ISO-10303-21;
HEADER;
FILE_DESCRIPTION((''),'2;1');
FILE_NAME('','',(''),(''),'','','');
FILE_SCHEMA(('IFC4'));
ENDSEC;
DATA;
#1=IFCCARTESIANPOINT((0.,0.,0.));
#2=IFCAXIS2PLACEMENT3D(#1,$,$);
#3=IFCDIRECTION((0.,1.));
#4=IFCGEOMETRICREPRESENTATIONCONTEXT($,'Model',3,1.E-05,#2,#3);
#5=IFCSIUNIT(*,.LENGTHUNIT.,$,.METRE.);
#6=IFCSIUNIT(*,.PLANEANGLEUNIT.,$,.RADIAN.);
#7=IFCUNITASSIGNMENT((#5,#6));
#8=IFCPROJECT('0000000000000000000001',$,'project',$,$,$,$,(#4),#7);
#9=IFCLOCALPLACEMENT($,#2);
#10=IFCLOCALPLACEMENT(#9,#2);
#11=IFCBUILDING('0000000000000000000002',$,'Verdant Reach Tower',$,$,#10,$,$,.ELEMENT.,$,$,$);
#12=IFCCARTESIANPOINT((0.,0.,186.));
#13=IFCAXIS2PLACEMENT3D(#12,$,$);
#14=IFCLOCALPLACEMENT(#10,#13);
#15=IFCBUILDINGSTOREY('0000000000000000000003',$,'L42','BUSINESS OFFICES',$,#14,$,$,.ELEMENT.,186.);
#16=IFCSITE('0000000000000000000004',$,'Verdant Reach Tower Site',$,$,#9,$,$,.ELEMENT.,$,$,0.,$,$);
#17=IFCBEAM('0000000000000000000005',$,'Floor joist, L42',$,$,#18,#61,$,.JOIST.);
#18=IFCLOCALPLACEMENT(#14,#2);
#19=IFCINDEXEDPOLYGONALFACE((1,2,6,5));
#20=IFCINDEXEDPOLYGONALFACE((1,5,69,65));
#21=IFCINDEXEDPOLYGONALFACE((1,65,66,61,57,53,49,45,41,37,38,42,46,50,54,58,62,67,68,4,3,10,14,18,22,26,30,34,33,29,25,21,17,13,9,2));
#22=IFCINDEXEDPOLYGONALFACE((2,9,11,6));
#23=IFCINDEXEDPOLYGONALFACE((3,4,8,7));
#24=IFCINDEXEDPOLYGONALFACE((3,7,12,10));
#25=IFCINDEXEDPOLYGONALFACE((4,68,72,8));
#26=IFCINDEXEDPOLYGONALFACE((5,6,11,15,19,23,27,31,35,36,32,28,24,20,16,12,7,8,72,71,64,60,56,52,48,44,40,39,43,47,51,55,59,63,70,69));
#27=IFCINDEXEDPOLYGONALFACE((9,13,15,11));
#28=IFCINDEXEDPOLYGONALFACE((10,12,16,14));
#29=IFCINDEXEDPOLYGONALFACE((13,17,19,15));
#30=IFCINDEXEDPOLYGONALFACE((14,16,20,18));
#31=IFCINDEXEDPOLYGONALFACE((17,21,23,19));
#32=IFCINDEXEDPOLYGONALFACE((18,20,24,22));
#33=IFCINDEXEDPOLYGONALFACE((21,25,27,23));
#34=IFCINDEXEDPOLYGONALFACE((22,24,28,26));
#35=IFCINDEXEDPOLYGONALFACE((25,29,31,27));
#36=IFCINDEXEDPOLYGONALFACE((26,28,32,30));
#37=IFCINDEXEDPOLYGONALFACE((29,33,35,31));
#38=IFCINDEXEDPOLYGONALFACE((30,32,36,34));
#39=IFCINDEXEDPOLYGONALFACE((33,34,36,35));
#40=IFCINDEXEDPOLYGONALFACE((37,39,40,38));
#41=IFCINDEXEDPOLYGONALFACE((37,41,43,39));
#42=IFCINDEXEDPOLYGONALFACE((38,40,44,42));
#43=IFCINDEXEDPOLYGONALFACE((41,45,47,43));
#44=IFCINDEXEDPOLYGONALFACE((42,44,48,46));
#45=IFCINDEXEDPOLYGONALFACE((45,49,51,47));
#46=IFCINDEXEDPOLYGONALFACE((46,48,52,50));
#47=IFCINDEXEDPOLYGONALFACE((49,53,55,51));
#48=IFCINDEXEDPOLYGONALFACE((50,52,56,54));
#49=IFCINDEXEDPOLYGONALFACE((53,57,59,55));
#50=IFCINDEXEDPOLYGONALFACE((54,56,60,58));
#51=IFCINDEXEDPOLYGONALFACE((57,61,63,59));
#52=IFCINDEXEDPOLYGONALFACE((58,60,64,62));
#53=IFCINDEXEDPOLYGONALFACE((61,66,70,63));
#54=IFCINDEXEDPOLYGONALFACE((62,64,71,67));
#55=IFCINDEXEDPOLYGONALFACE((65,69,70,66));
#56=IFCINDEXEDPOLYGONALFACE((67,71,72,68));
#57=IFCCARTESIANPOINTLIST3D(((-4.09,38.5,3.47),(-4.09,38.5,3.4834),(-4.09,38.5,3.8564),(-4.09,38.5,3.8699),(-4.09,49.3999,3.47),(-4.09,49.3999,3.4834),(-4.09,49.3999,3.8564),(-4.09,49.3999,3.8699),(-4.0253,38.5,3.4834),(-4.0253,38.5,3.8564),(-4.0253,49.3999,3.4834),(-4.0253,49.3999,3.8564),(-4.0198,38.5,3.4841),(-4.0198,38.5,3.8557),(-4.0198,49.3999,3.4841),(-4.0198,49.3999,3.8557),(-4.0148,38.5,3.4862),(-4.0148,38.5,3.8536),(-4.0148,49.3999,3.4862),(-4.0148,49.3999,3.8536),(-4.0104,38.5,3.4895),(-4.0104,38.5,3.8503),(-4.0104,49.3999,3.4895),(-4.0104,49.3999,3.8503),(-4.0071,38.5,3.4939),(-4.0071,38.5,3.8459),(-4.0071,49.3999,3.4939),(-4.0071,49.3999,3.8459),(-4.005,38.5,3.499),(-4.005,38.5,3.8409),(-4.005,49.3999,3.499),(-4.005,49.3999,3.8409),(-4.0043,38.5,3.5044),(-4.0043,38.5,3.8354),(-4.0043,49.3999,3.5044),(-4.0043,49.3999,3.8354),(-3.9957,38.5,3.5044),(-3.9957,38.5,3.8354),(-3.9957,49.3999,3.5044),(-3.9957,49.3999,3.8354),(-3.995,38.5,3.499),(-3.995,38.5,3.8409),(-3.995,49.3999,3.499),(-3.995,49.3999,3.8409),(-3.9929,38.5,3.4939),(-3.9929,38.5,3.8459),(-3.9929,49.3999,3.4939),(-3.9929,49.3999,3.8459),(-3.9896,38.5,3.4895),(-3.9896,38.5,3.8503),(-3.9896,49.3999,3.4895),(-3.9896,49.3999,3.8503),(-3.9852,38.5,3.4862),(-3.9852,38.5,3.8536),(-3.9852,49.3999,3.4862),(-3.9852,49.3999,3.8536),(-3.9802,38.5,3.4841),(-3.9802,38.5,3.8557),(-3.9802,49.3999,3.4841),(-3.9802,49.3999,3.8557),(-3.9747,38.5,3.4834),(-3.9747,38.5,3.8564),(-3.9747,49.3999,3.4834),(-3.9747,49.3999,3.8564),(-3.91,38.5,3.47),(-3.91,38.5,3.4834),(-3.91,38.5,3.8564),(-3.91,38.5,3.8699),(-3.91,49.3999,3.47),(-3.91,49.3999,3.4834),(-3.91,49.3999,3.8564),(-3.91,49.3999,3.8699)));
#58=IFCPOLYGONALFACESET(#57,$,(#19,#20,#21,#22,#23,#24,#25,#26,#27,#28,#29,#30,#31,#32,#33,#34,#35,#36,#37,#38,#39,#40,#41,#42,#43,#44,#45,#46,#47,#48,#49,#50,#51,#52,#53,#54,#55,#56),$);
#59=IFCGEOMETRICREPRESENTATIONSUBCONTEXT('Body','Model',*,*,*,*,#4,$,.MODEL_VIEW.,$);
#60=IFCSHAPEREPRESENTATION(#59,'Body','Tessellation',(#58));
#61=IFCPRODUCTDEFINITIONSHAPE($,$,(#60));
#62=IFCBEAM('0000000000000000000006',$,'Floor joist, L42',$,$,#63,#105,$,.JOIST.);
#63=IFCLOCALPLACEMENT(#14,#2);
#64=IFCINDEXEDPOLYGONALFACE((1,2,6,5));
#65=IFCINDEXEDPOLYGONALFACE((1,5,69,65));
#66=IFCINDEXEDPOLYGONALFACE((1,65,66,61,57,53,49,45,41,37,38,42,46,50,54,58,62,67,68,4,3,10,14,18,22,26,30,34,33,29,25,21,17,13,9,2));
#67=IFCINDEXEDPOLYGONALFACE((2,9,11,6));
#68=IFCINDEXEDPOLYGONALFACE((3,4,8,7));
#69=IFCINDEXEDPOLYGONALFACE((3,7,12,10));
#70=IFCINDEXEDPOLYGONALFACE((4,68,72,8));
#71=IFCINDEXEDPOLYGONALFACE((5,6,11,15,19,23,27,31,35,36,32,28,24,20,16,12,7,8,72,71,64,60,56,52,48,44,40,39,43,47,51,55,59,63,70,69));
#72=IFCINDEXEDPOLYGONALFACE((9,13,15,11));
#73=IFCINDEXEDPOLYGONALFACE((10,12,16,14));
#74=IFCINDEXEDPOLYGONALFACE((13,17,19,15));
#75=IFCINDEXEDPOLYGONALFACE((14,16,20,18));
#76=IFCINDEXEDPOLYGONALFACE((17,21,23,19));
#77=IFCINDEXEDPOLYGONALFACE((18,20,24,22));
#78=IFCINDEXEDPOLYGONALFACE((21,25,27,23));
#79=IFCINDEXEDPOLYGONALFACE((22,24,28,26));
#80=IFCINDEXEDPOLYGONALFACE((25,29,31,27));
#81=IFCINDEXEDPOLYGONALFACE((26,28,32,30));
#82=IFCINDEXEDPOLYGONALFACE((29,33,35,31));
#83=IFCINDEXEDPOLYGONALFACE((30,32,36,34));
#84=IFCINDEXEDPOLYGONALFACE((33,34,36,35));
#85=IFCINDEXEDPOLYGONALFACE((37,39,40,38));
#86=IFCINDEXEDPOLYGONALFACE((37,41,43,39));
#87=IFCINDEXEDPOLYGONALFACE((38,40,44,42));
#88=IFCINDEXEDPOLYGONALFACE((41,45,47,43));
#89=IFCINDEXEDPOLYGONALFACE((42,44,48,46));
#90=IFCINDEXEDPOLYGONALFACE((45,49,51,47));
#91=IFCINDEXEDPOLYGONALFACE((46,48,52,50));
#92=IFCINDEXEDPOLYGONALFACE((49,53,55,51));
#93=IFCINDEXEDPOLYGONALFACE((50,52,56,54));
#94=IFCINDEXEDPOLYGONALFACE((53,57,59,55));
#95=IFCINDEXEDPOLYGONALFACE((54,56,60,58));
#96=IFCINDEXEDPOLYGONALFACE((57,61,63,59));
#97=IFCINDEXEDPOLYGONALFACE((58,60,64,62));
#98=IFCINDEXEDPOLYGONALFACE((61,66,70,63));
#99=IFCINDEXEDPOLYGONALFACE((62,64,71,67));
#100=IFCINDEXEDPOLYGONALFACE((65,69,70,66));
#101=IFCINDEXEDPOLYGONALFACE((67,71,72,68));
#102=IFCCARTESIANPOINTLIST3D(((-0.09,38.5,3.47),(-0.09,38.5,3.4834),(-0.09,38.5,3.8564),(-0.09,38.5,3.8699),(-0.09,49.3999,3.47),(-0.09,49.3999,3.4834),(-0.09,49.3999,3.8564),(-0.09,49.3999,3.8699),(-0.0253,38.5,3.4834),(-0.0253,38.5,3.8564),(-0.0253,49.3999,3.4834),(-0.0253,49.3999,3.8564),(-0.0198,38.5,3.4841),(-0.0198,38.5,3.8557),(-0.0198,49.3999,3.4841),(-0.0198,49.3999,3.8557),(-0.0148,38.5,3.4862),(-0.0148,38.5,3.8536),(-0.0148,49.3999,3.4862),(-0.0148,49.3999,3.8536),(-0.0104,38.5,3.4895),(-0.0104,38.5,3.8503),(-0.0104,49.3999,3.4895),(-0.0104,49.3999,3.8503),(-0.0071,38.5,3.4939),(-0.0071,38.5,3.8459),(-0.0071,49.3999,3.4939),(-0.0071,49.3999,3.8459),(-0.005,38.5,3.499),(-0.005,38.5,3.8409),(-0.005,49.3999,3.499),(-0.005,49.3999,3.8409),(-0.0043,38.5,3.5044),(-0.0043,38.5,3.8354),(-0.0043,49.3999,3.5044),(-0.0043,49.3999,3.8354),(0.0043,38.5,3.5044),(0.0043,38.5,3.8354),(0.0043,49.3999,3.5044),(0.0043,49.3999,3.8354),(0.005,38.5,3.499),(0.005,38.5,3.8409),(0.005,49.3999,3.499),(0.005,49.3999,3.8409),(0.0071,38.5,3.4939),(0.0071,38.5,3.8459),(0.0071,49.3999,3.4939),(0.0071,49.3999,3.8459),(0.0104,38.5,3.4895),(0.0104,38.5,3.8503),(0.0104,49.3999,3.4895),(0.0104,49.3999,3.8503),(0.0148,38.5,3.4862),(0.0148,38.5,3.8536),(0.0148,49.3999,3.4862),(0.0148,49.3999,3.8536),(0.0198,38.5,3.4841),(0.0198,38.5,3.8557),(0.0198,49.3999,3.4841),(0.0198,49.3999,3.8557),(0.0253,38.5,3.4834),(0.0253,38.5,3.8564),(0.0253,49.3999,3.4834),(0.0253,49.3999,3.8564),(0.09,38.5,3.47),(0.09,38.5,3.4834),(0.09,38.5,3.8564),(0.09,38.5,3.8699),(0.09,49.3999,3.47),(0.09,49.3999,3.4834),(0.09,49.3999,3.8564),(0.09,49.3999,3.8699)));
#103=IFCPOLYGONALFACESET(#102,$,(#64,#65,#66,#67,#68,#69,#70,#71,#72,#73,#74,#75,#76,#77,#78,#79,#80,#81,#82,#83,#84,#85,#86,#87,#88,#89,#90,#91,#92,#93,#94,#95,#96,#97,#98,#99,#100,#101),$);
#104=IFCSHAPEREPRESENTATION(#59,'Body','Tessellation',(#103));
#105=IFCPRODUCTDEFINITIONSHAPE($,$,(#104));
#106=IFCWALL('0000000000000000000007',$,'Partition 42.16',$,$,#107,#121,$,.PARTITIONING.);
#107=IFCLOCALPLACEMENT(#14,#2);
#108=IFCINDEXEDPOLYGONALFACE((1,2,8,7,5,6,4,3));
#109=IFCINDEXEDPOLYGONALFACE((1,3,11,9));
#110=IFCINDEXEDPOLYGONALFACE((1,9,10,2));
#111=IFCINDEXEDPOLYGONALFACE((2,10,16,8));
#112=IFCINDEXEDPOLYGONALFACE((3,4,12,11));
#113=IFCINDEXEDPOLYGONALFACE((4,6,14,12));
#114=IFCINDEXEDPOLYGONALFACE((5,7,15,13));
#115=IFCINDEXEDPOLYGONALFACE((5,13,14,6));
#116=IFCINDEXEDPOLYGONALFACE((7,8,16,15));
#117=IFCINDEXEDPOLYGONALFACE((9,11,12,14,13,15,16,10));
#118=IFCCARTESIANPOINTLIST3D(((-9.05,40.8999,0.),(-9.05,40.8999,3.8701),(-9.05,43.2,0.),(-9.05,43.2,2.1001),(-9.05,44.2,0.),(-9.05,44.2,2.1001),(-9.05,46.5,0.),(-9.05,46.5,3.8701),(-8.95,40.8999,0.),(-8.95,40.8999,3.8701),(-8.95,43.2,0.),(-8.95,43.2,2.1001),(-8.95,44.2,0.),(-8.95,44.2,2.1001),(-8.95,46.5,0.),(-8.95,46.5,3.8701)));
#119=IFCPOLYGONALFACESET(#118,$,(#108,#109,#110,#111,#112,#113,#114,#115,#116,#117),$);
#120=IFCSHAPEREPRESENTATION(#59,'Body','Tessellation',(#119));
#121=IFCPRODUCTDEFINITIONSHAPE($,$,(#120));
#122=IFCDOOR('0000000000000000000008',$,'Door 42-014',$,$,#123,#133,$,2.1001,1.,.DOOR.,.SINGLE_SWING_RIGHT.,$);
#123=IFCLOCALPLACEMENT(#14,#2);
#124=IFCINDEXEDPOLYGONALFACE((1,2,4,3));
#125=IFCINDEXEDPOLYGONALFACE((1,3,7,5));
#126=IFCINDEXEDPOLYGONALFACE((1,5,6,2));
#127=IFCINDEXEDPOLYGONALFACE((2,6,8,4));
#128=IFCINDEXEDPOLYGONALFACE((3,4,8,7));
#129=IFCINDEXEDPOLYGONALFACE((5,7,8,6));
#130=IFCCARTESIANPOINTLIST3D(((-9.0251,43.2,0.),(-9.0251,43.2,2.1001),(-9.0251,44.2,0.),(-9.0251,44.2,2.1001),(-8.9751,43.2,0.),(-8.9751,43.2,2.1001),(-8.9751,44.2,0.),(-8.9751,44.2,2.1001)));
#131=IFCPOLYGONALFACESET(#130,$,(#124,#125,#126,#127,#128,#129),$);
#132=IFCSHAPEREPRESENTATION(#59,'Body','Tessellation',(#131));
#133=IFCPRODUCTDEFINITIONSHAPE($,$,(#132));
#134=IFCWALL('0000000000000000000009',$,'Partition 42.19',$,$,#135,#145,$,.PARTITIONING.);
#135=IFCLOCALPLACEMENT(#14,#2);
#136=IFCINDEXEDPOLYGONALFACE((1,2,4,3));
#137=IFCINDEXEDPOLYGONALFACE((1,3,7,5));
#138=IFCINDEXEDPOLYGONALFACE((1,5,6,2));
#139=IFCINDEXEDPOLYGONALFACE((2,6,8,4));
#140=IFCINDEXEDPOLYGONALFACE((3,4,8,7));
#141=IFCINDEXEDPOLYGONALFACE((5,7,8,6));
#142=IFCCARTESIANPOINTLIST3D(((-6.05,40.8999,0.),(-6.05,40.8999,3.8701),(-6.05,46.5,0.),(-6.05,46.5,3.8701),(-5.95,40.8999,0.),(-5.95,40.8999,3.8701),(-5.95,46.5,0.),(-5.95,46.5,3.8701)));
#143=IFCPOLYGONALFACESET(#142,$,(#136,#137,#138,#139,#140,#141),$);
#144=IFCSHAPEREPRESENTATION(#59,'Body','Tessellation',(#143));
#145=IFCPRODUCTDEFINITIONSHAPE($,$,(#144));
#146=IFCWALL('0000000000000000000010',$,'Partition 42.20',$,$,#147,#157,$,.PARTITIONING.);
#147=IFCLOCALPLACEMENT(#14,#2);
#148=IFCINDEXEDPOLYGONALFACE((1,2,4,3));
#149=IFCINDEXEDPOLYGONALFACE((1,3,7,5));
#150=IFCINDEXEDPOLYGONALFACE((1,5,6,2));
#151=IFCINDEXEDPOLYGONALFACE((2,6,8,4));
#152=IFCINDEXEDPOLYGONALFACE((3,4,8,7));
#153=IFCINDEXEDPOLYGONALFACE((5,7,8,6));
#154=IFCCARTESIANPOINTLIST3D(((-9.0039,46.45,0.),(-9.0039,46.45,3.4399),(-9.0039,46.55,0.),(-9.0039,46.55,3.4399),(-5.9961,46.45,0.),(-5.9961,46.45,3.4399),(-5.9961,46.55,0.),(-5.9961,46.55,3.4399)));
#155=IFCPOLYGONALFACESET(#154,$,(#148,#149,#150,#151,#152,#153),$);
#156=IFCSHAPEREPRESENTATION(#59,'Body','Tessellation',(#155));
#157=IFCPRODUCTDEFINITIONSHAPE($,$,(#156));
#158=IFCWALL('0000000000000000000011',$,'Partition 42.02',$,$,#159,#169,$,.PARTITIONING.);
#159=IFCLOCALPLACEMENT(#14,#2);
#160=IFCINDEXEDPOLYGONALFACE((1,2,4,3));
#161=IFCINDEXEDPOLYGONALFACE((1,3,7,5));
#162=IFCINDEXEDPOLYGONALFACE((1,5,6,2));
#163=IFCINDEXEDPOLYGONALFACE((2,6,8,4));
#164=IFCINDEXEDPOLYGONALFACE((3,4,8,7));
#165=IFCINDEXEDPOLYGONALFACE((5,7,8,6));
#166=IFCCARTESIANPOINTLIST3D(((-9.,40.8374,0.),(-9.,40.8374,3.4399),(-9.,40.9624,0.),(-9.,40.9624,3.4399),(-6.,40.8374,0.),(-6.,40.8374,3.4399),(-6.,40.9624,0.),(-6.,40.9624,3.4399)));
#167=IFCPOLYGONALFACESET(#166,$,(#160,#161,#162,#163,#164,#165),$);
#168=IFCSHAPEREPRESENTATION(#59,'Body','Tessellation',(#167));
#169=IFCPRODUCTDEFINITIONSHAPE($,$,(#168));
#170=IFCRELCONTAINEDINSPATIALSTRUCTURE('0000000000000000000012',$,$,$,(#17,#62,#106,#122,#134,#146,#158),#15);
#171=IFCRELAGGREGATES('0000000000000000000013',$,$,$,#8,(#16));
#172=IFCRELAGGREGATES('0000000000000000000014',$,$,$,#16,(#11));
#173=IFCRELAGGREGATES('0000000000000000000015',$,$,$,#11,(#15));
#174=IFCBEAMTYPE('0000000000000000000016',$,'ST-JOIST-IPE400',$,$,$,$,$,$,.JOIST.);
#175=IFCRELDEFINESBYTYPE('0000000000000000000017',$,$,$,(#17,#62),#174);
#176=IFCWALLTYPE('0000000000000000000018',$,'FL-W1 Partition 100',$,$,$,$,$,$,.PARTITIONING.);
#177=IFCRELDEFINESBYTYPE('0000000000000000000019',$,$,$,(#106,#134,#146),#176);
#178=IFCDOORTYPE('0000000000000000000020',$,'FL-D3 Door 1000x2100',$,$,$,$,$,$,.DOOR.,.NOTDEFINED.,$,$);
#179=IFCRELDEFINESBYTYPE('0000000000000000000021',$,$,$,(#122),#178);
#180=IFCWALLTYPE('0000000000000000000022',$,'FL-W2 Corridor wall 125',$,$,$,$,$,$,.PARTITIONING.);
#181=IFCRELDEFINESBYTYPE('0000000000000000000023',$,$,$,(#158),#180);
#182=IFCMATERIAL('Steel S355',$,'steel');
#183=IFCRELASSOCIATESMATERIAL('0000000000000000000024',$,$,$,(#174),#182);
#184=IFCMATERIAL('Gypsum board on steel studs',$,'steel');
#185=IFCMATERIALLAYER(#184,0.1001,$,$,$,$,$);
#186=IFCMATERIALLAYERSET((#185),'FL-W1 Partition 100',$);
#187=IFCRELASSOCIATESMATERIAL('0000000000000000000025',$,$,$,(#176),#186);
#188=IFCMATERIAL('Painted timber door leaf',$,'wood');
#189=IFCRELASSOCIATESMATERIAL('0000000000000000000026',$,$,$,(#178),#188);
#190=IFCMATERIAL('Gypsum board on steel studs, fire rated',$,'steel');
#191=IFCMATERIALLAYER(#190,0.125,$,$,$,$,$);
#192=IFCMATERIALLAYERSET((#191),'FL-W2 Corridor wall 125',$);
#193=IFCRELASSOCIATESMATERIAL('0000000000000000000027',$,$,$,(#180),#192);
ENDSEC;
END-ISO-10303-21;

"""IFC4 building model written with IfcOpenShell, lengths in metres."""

from ifc_helpers import new_model, si_unit, direction, frame, frame_2d, origin, origin_2d, place, context, subcontext, project, spatial, rectangle, i_section, extrude, material, layer, layer_set, material_profile, profile_set, type_object, element, fill, save


model = new_model("IFC4")

# Units and contexts
model_context = context("Model", 3, precision=1e-05, world=origin(), true_north=direction((0.0, 1.0)))
body_context = subcontext(model_context, "Body", "Model", "MODEL_VIEW")
ifc_project = project(units=[si_unit("LENGTHUNIT", "METRE"), si_unit("PLANEANGLEUNIT", "RADIAN")], contexts=[model_context])

# Site, building, storey
site_placement = place(None, origin())
site = spatial("IfcSite", under=ifc_project, at=site_placement, Name="Verdant Reach Tower Site", CompositionType="ELEMENT", RefElevation=0.0)
building_placement = place(site_placement, origin())
building = spatial("IfcBuilding", under=site, at=building_placement, Name="Verdant Reach Tower", CompositionType="ELEMENT")
storey_placement = place(building_placement, frame((0.0, 0.0, 186.0)))
storey = spatial("IfcBuildingStorey", under=building, at=storey_placement, Name="L42", Description="BUSINESS OFFICES", CompositionType="ELEMENT", Elevation=186.0)

# Beams
ifc_material_1 = material(Name="Steel S355", Category="steel")
ifc_material_profile_1 = material_profile(ifc_material_1, i_section(OverallWidth=0.1799, OverallDepth=0.3999, WebThickness=0.0085, FlangeThickness=0.0134, FilletRadius=0.021, at=origin_2d()), Name="IPE 400")
ifc_profile_set_1 = profile_set([ifc_material_profile_1], Name="Steel S355")
beam_type_1 = type_object("IfcBeamType", Name="ST-JOIST-IPE400", PredefinedType="JOIST", material=ifc_profile_set_1)
for number, where, z_axis, x_axis, name in (
    (1, (-4.0, 38.5, 3.6699), (0.0, 1.0, 0.0), (-1.0, 0.0, 0.0), "Floor joist, L42"),
    (2, (0.0, 38.5, 3.6699), (0.0, 1.0, 0.0), (-1.0, 0.0, 0.0), "Floor joist, L42"),
):
    element("IfcBeam", number, at=place(storey_placement, frame(where, z_axis=z_axis, x_axis=x_axis)), inside=storey, type_object=beam_type_1, Name=name, PredefinedType="JOIST", context=body_context, shape_type="SweptSolid", body=[
        extrude(i_section(OverallWidth=0.1799, OverallDepth=0.3999, WebThickness=0.0085, FlangeThickness=0.0134, FilletRadius=0.021, at=origin_2d()), origin(), (0.0, 0.0, 1.0), 10.8999),
    ])

# Wall, opening, door
ifc_material_2 = material(Name="Gypsum board on steel studs", Category="steel")
ifc_layer_1 = layer(ifc_material_2, 0.1001)
ifc_layer_set_1 = layer_set([ifc_layer_1], Name="FL-W1 Partition 100")
wall_type_1 = type_object("IfcWallType", Name="FL-W1 Partition 100", PredefinedType="PARTITIONING", material=ifc_layer_set_1)
wall_1_placement = place(storey_placement, frame((-9.0, 46.5, 0.0), z_axis=(0.0, 0.0, 1.0), x_axis=(0.0, -1.0, 0.0)))
wall_1 = element("IfcWall", 3, at=wall_1_placement, inside=storey, type_object=wall_type_1, Name="Partition 42.16", PredefinedType="PARTITIONING", context=body_context, shape_type="SweptSolid", body=[
    extrude(rectangle(XDim=5.6001, YDim=0.1001, at=frame_2d((2.8, 0.0))), origin(), (0.0, 0.0, 1.0), 3.8701),
])
opening_1_placement = place(wall_1_placement, frame((2.3, 0.0, 0.0)))
opening_1 = element("IfcOpeningElement", 4, at=opening_1_placement, cuts=wall_1, PredefinedType="OPENING", context=body_context, shape_type="SweptSolid", body=[
    extrude(rectangle(XDim=1.0, YDim=2.1001, at=frame_2d((0.5, 1.05))), frame((0.0, 0.0601, 0.0), z_axis=(0.0, -1.0, 0.0), x_axis=(1.0, 0.0, 0.0)), (0.0, 0.0, 1.0), 0.1201),
])
ifc_material_3 = material(Name="Painted timber door leaf", Category="wood")
door_type_1 = type_object("IfcDoorType", Name="FL-D3 Door 1000x2100", OperationType="NOTDEFINED", PredefinedType="DOOR", material=ifc_material_3)
door_1_placement = place(opening_1_placement, origin())
door_1 = element("IfcDoor", 5, at=door_1_placement, inside=storey, type_object=door_type_1, Name="Door 42-014", OperationType="SINGLE_SWING_RIGHT", OverallHeight=2.1001, OverallWidth=1.0, PredefinedType="DOOR", context=body_context, shape_type="SweptSolid", body=[
    extrude(rectangle(XDim=1.0, YDim=2.1001, at=frame_2d((0.5, 1.05))), frame((0.0, 0.0249, 0.0), z_axis=(0.0, -1.0, 0.0), x_axis=(1.0, 0.0, 0.0)), (0.0, 0.0, 1.0), 0.05),
])
fill(opening_1, door_1)

# Walls
wall_2_placement = place(storey_placement, frame((-6.0, 40.8999, 0.0), z_axis=(0.0, 0.0, 1.0), x_axis=(0.0, 1.0, 0.0)))
element("IfcWall", 6, at=wall_2_placement, inside=storey, type_object=wall_type_1, Name="Partition 42.19", PredefinedType="PARTITIONING", context=body_context, shape_type="SweptSolid", body=[
    extrude(rectangle(XDim=5.6001, YDim=0.1001, at=frame_2d((2.8, 0.0))), origin(), (0.0, 0.0, 1.0), 3.8701),
])
wall_3_placement = place(storey_placement, frame((-5.9961, 46.5, 0.0), z_axis=(0.0, 0.0, 1.0), x_axis=(-1.0, 0.0, 0.0)))
element("IfcWall", 7, at=wall_3_placement, inside=storey, type_object=wall_type_1, Name="Partition 42.20", PredefinedType="PARTITIONING", context=body_context, shape_type="SweptSolid", body=[
    extrude(rectangle(XDim=3.0078, YDim=0.1001, at=frame_2d((1.5039, 0.0))), origin(), (0.0, 0.0, 1.0), 3.4399),
])
ifc_material_4 = material(Name="Gypsum board on steel studs, fire rated", Category="steel")
ifc_layer_2 = layer(ifc_material_4, 0.125)
ifc_layer_set_2 = layer_set([ifc_layer_2], Name="FL-W2 Corridor wall 125")
wall_type_2 = type_object("IfcWallType", Name="FL-W2 Corridor wall 125", PredefinedType="PARTITIONING", material=ifc_layer_set_2)
wall_4_placement = place(storey_placement, frame((-6.0, 40.8999, 0.0), z_axis=(0.0, 0.0, 1.0), x_axis=(-1.0, 0.0, 0.0)))
element("IfcWall", 8, at=wall_4_placement, inside=storey, type_object=wall_type_2, Name="Partition 42.02", PredefinedType="PARTITIONING", context=body_context, shape_type="SweptSolid", body=[
    extrude(rectangle(XDim=3.0, YDim=0.125, at=frame_2d((1.5, 0.0))), origin(), (0.0, 0.0, 1.0), 3.4399),
])

save(model, "model.ifc")
